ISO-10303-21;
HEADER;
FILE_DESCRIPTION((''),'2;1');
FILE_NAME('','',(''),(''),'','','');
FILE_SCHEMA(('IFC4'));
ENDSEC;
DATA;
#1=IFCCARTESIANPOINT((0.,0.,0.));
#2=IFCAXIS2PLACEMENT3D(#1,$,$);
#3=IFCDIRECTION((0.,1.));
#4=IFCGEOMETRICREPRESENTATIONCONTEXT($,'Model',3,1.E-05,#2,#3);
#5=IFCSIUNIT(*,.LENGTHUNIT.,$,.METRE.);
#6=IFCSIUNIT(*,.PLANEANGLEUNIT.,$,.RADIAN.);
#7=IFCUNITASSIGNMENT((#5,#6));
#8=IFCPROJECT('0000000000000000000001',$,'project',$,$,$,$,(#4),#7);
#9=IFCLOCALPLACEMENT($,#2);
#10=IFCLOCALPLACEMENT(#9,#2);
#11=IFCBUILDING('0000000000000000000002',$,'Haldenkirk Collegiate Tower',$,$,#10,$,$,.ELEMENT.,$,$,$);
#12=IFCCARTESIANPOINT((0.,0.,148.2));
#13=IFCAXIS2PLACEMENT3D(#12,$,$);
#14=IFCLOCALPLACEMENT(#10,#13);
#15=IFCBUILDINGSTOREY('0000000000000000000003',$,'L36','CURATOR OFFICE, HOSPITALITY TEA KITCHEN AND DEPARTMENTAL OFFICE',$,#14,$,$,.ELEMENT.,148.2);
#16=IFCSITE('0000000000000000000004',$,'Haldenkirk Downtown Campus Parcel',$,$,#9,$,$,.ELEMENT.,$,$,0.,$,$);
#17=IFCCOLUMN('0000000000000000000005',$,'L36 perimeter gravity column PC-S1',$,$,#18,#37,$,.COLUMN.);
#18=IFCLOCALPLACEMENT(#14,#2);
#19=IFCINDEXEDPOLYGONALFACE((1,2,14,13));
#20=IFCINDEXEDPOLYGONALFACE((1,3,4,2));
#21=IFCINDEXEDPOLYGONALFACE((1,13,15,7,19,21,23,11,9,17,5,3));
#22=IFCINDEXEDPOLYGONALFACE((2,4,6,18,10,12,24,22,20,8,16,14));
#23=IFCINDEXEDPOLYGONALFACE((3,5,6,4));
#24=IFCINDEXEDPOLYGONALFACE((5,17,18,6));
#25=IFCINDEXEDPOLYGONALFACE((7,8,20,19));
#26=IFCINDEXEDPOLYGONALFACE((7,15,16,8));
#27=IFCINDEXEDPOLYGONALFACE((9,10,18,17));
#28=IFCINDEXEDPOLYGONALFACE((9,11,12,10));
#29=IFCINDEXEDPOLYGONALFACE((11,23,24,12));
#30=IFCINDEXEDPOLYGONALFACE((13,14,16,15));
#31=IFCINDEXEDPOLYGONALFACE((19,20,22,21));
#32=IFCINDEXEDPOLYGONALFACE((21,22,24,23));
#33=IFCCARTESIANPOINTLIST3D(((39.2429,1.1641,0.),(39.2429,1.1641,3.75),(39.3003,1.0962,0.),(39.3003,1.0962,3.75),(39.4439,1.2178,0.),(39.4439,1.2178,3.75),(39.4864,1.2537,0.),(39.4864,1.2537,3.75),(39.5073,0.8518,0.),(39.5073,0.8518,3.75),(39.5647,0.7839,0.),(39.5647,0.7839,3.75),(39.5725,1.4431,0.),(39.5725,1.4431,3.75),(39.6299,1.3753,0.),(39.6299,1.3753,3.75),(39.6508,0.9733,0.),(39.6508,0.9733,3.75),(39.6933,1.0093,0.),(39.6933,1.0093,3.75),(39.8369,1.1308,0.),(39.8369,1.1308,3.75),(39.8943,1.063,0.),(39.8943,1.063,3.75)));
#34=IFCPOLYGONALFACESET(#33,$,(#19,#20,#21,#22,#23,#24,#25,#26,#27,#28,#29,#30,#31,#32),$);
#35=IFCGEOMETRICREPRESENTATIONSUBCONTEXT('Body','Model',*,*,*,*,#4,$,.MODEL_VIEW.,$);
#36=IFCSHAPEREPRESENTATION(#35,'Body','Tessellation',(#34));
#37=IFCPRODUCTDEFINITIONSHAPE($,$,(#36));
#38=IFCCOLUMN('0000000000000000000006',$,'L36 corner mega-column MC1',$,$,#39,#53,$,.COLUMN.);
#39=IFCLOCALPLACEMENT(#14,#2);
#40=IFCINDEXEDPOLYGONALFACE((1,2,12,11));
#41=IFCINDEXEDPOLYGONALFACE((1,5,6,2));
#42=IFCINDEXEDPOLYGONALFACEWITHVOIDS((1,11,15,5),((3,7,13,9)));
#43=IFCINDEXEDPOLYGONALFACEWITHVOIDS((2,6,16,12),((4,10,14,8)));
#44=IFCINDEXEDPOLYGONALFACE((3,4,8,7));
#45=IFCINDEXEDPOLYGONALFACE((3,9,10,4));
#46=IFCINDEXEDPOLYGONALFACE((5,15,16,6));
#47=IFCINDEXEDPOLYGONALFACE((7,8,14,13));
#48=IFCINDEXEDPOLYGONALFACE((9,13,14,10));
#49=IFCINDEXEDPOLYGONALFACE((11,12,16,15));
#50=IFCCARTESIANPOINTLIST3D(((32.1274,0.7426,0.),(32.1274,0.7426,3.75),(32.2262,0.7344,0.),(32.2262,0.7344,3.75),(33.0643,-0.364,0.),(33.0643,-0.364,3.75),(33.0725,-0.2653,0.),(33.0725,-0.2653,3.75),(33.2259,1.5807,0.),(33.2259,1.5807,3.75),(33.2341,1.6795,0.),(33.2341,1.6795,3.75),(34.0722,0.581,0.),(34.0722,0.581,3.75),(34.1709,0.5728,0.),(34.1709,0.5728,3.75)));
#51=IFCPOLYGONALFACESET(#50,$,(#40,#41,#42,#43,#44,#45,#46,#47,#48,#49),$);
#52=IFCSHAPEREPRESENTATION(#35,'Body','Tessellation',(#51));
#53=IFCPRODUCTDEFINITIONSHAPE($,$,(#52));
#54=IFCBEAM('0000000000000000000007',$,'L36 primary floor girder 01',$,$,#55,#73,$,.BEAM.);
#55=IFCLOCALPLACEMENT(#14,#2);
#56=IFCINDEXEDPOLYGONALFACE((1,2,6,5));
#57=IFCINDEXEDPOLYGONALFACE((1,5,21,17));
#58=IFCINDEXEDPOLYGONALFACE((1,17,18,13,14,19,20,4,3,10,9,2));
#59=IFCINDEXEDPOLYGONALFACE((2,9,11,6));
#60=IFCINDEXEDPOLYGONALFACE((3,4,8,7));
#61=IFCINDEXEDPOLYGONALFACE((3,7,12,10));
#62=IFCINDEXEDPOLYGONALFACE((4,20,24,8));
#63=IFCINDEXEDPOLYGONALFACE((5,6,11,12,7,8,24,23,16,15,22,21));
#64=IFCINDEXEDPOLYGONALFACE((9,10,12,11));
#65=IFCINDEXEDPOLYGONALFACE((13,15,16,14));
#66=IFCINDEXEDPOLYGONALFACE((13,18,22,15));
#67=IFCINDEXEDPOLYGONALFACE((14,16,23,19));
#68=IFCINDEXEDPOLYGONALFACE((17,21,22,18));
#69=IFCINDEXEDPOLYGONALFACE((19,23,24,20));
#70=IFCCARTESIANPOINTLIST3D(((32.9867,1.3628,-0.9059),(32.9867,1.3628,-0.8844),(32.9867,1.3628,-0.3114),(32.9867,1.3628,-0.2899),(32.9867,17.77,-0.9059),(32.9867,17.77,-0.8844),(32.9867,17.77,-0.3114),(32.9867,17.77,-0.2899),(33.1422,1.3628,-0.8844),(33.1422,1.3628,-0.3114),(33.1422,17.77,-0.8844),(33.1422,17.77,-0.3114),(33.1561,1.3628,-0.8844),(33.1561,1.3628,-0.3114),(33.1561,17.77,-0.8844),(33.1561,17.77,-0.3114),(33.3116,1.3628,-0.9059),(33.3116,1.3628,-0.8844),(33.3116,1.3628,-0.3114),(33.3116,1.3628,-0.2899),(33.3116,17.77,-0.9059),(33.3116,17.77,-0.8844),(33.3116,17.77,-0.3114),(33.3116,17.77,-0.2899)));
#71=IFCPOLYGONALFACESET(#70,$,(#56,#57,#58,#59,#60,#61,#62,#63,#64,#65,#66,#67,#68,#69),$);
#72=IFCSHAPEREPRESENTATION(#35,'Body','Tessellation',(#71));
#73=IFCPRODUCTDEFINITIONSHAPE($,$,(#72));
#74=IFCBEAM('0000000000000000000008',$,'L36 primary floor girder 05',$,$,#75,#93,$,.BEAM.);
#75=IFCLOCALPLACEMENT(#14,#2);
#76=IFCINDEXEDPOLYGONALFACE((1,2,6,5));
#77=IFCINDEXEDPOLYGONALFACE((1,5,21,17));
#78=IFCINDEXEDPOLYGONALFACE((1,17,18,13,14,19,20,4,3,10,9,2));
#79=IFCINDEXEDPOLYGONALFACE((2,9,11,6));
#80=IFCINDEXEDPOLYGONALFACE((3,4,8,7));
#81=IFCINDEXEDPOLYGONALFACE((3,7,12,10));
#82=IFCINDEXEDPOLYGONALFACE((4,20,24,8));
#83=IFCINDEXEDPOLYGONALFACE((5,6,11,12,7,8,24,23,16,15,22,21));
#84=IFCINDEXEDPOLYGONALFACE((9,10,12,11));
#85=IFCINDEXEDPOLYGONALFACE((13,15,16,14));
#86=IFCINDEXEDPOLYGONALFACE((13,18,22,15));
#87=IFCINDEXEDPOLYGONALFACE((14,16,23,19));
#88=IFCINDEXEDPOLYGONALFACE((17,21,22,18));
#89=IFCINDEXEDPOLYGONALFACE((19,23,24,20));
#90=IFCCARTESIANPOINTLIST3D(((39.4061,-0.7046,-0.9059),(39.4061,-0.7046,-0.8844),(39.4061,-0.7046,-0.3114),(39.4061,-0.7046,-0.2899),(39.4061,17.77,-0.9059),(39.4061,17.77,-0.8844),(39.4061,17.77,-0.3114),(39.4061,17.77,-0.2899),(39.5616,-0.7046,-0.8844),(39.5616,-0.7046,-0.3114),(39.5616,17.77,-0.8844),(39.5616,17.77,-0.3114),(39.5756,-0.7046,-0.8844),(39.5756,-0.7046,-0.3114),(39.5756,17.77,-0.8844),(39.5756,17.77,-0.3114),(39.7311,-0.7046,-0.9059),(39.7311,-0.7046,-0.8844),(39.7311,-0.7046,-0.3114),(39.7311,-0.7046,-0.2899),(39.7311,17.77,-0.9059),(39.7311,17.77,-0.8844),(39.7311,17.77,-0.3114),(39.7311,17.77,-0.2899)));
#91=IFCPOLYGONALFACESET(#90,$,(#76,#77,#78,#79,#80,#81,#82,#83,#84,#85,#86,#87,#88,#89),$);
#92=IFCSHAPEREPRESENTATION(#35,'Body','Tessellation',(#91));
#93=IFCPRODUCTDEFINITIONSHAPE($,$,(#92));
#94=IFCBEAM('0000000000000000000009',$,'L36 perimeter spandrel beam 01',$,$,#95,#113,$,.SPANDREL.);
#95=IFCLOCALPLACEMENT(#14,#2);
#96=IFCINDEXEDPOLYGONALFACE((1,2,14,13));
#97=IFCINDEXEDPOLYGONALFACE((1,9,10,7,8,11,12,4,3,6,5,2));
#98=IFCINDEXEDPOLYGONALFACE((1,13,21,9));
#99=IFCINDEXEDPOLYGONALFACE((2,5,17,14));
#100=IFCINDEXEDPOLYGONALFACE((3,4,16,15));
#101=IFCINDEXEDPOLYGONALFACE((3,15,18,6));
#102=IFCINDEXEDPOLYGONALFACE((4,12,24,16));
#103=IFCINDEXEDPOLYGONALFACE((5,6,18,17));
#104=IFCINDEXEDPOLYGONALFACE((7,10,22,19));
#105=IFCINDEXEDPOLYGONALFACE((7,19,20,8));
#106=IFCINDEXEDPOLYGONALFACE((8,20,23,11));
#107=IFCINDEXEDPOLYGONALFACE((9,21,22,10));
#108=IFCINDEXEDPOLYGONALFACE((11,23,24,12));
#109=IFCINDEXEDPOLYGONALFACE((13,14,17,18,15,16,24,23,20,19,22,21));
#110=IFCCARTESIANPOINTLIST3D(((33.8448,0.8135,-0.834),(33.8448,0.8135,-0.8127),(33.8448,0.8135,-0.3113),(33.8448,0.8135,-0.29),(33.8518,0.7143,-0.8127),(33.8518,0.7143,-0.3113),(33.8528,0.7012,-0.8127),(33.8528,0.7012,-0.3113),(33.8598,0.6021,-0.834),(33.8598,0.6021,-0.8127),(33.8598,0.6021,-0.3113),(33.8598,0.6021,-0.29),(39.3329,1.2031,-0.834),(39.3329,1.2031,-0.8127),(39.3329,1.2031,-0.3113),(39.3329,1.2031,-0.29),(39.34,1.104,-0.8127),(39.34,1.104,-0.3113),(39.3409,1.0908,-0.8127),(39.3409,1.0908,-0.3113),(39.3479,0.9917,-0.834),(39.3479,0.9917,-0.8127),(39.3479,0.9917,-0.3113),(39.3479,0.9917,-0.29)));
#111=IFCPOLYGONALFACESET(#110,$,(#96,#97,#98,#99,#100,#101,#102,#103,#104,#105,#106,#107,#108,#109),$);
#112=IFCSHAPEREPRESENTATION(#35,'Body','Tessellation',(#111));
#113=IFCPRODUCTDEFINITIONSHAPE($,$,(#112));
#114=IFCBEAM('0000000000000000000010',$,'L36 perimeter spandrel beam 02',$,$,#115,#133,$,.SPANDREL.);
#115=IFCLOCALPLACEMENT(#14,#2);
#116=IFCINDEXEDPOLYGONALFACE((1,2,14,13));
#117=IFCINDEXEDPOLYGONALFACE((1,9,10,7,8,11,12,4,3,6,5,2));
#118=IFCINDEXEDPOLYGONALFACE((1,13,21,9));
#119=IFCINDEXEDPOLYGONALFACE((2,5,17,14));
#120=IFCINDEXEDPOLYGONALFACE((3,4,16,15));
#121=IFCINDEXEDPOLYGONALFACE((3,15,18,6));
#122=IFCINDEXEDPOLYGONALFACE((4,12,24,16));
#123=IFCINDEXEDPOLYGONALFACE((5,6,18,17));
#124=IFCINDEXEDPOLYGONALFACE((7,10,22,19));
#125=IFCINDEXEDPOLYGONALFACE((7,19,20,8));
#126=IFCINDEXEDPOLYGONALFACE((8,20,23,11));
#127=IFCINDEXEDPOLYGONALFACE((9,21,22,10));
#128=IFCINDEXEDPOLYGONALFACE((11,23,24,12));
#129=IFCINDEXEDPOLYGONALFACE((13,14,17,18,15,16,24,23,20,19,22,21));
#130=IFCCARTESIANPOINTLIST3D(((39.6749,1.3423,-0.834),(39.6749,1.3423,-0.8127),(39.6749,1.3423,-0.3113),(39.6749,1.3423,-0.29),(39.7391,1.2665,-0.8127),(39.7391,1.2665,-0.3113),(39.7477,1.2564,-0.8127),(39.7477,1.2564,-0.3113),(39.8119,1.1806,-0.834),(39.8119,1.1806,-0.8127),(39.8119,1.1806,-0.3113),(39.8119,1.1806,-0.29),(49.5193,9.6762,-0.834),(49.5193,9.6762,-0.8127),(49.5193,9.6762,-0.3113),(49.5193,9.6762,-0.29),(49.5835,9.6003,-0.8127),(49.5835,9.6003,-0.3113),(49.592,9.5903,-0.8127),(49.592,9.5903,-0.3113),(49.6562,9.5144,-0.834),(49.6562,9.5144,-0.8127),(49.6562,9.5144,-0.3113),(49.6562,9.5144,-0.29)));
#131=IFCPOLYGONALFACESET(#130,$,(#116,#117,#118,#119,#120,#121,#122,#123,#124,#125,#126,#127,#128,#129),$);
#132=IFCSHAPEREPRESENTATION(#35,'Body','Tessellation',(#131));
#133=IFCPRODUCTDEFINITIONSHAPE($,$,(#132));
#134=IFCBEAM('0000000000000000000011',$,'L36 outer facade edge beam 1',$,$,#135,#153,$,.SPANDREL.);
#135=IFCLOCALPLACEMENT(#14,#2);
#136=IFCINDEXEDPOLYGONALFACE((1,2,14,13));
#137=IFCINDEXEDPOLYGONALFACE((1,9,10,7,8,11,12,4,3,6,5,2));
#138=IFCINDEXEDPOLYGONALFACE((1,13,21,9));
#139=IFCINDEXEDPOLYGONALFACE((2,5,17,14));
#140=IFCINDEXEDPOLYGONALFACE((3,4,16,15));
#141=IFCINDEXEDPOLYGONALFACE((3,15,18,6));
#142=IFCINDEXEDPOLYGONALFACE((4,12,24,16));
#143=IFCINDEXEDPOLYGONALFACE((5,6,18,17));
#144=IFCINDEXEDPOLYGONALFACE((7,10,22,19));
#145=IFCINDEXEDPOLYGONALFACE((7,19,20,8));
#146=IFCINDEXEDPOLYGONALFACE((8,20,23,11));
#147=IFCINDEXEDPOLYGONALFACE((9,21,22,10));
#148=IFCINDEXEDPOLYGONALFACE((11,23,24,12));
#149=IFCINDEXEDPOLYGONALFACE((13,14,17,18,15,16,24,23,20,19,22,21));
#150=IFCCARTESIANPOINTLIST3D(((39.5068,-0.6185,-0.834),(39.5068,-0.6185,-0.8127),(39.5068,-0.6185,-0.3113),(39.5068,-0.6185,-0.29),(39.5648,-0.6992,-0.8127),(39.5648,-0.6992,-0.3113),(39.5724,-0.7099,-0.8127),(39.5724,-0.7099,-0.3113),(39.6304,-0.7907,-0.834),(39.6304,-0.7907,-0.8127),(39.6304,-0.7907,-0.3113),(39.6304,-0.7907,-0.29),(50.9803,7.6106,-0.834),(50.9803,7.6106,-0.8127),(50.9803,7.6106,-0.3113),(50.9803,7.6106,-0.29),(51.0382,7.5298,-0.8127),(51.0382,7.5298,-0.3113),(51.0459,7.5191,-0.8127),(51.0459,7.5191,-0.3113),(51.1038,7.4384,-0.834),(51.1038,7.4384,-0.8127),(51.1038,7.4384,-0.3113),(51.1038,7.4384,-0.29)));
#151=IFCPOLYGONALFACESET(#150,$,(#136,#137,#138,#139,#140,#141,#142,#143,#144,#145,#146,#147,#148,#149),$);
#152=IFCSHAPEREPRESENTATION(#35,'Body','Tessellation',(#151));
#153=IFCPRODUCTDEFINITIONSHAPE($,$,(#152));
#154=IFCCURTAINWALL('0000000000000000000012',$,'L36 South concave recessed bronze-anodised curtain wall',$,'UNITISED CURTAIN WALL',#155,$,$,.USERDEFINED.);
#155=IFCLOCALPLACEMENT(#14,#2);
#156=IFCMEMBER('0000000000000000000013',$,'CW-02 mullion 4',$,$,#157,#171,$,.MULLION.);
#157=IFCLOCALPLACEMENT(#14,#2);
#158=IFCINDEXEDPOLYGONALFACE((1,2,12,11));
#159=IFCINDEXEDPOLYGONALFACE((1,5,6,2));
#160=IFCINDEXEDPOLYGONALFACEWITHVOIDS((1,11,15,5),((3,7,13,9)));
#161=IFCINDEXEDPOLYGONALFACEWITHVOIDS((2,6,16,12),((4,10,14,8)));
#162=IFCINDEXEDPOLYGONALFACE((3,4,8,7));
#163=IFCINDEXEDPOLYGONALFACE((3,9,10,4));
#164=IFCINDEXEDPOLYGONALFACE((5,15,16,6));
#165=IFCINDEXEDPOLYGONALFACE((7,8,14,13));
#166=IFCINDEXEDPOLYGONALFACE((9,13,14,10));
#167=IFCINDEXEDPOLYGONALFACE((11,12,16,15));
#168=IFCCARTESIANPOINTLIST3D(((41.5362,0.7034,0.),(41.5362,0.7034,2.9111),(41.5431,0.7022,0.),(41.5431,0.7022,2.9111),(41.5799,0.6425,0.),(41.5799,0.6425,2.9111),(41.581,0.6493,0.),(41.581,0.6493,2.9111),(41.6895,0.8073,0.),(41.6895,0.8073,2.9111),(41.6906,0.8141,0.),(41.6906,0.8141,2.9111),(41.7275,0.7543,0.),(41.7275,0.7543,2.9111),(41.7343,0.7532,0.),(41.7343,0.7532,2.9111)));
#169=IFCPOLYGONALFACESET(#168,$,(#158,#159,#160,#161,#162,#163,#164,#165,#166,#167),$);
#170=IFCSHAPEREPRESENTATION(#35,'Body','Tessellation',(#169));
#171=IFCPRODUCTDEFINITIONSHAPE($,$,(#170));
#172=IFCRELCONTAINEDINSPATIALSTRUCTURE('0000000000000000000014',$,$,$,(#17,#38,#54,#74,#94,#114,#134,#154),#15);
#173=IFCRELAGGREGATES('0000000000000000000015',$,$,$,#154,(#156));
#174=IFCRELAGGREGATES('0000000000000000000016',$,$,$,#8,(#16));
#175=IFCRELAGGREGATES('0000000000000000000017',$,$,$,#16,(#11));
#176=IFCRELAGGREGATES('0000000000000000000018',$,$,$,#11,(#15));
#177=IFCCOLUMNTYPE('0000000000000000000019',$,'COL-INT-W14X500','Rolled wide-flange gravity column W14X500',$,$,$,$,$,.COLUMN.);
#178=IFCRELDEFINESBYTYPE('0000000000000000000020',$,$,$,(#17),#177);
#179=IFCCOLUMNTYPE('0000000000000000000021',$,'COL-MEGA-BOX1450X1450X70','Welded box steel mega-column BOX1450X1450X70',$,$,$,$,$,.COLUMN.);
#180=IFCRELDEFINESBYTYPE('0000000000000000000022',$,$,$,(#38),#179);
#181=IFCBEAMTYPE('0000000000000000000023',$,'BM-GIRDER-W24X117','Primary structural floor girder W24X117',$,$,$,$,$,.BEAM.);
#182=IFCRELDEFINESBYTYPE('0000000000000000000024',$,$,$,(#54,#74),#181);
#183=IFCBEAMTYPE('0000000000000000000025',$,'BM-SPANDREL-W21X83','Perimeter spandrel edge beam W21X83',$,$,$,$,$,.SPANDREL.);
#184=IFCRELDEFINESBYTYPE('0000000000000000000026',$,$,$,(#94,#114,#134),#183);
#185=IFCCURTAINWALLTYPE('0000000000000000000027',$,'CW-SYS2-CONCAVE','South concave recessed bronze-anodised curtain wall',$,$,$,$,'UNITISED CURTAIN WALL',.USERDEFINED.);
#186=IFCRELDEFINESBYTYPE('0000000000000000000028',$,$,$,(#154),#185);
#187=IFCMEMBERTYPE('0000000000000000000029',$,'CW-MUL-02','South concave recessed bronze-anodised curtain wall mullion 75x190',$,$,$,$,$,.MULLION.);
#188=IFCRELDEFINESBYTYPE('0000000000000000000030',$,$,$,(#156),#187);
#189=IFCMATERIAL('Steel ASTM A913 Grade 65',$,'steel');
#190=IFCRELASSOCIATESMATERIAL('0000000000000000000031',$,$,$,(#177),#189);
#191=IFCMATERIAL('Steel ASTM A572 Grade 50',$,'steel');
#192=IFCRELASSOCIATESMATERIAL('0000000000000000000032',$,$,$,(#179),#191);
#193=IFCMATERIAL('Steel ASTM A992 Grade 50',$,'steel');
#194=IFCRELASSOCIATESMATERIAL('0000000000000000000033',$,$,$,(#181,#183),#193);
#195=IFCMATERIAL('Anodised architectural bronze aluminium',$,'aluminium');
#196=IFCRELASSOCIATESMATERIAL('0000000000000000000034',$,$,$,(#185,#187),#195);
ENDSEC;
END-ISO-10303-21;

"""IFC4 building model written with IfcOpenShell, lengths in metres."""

from ifc_helpers import new_model, si_unit, direction, frame, origin, origin_2d, place, context, subcontext, project, spatial, hollow_rectangle, i_section, extrude, material, material_profile, profile_set, type_object, element, aggregate, save


model = new_model("IFC4")

# Units and contexts
model_context = context("Model", 3, precision=1e-05, world=origin(), true_north=direction((0.0, 1.0)))
body_context = subcontext(model_context, "Body", "Model", "MODEL_VIEW")
ifc_project = project(units=[si_unit("LENGTHUNIT", "METRE"), si_unit("PLANEANGLEUNIT", "RADIAN")], contexts=[model_context])

# Site, building, storey
site_placement = place(None, origin())
site = spatial("IfcSite", under=ifc_project, at=site_placement, Name="Haldenkirk Downtown Campus Parcel", CompositionType="ELEMENT", RefElevation=0.0)
building_placement = place(site_placement, origin())
building = spatial("IfcBuilding", under=site, at=building_placement, Name="Haldenkirk Collegiate Tower", CompositionType="ELEMENT")
storey_placement = place(building_placement, frame((0.0, 0.0, 148.2)))
storey = spatial("IfcBuildingStorey", under=building, at=storey_placement, Name="L36", Description="CURATOR OFFICE, HOSPITALITY TEA KITCHEN AND DEPARTMENTAL OFFICE", CompositionType="ELEMENT", Elevation=148.2)

# Columns
ifc_material_1 = material(Name="Steel ASTM A913 Grade 65", Category="steel")
ifc_material_profile_1 = material_profile(ifc_material_1, i_section(OverallWidth=0.4319, OverallDepth=0.498, WebThickness=0.0557, FlangeThickness=0.0889, at=origin_2d()), Name="W14X500")
ifc_profile_set_1 = profile_set([ifc_material_profile_1], Name="Steel ASTM A913 Grade 65")
column_type_1 = type_object("IfcColumnType", Name="COL-INT-W14X500", Description="Rolled wide-flange gravity column W14X500", PredefinedType="COLUMN", material=ifc_profile_set_1)
column_1_placement = place(storey_placement, frame((39.5686, 1.1135, 0.0), z_axis=(0.0, 0.0, 1.0), x_axis=(0.763232, 0.646124, 0.0)))
element("IfcColumn", 1, at=column_1_placement, inside=storey, type_object=column_type_1, Name="L36 perimeter gravity column PC-S1", PredefinedType="COLUMN", context=body_context, shape_type="SweptSolid", body=[
    extrude(i_section(OverallWidth=0.4319, OverallDepth=0.498, WebThickness=0.0557, FlangeThickness=0.0889, at=origin_2d()), origin(), (0.0, 0.0, 1.0), 3.75),
])
ifc_material_2 = material(Name="Steel ASTM A572 Grade 50", Category="steel")
ifc_material_profile_2 = material_profile(ifc_material_2, hollow_rectangle(XDim=1.45, YDim=1.45, WallThickness=0.0701, at=origin_2d()), Name="BOX1450X1450X70")
ifc_profile_set_2 = profile_set([ifc_material_profile_2], Name="Steel ASTM A572 Grade 50")
column_type_2 = type_object("IfcColumnType", Name="COL-MEGA-BOX1450X1450X70", Description="Welded box steel mega-column BOX1450X1450X70", PredefinedType="COLUMN", material=ifc_profile_set_2)
column_2_placement = place(storey_placement, frame((33.1492, 0.6577, 0.0), z_axis=(0.0, 0.0, 1.0), x_axis=(0.763232, 0.646124, 0.0)))
element("IfcColumn", 2, at=column_2_placement, inside=storey, type_object=column_type_2, Name="L36 corner mega-column MC1", PredefinedType="COLUMN", context=body_context, shape_type="SweptSolid", body=[
    extrude(hollow_rectangle(XDim=1.45, YDim=1.45, WallThickness=0.0701, at=origin_2d()), origin(), (0.0, 0.0, 1.0), 3.75),
])

# Beams
ifc_material_3 = material(Name="Steel ASTM A992 Grade 50", Category="steel")
ifc_material_profile_3 = material_profile(ifc_material_3, i_section(OverallWidth=0.325, OverallDepth=0.616, WebThickness=0.0139, FlangeThickness=0.0215, at=origin_2d()), Name="W24X117")
ifc_profile_set_3 = profile_set([ifc_material_profile_3], Name="Steel ASTM A992 Grade 50")
beam_type_1 = type_object("IfcBeamType", Name="BM-GIRDER-W24X117", Description="Primary structural floor girder W24X117", PredefinedType="BEAM", material=ifc_profile_set_3)
beam_1_placement = place(storey_placement, frame((33.1492, 1.3628, -0.5979), z_axis=(0.0, 1.0, 0.0), x_axis=(-1.0, 0.0, 0.0)))
element("IfcBeam", 3, at=beam_1_placement, inside=storey, type_object=beam_type_1, Name="L36 primary floor girder 01", PredefinedType="BEAM", context=body_context, shape_type="SweptSolid", body=[
    extrude(i_section(OverallWidth=0.325, OverallDepth=0.616, WebThickness=0.0139, FlangeThickness=0.0215, at=origin_2d()), origin(), (0.0, 0.0, 1.0), 16.4072),
])
beam_2_placement = place(storey_placement, frame((39.5686, -0.7046, -0.5979), z_axis=(0.0, 1.0, 0.0), x_axis=(-1.0, 0.0, 0.0)))
element("IfcBeam", 4, at=beam_2_placement, inside=storey, type_object=beam_type_1, Name="L36 primary floor girder 05", PredefinedType="BEAM", context=body_context, shape_type="SweptSolid", body=[
    extrude(i_section(OverallWidth=0.325, OverallDepth=0.616, WebThickness=0.0139, FlangeThickness=0.0215, at=origin_2d()), origin(), (0.0, 0.0, 1.0), 18.4746),
])
ifc_material_profile_4 = material_profile(ifc_material_3, i_section(OverallWidth=0.2119, OverallDepth=0.5439, WebThickness=0.0132, FlangeThickness=0.0212, at=origin_2d()), Name="W21X83")
ifc_profile_set_4 = profile_set([ifc_material_profile_4], Name="Steel ASTM A992 Grade 50")
beam_type_2 = type_object("IfcBeamType", Name="BM-SPANDREL-W21X83", Description="Perimeter spandrel edge beam W21X83", PredefinedType="SPANDREL", material=ifc_profile_set_4)
beam_3_placement = place(storey_placement, frame((33.8523, 0.7078, -0.562), z_axis=(0.997489, 0.070821, 0.0), x_axis=(-0.070821, 0.997489, 0.0)))
element("IfcBeam", 5, at=beam_3_placement, inside=storey, type_object=beam_type_2, Name="L36 perimeter spandrel beam 01", PredefinedType="SPANDREL", context=body_context, shape_type="SweptSolid", body=[
    extrude(i_section(OverallWidth=0.2119, OverallDepth=0.5439, WebThickness=0.0132, FlangeThickness=0.0212, at=origin_2d()), origin(), (0.0, 0.0, 1.0), 5.502),
])
beam_4_placement = place(storey_placement, frame((39.7434, 1.2615, -0.562), z_axis=(0.763233, 0.646123, 0.0), x_axis=(-0.646123, 0.763233, 0.0)))
element("IfcBeam", 6, at=beam_4_placement, inside=storey, type_object=beam_type_2, Name="L36 perimeter spandrel beam 02", PredefinedType="SPANDREL", context=body_context, shape_type="SweptSolid", body=[
    extrude(i_section(OverallWidth=0.2119, OverallDepth=0.5439, WebThickness=0.0132, FlangeThickness=0.0212, at=origin_2d()), origin(), (0.0, 0.0, 1.0), 12.8982),
])
beam_5_placement = place(storey_placement, frame((39.5686, -0.7046, -0.562), z_axis=(0.812602, 0.582819, 0.0), x_axis=(-0.582819, 0.812602, 0.0)))
element("IfcBeam", 7, at=beam_5_placement, inside=storey, type_object=beam_type_2, Name="L36 outer facade edge beam 1", PredefinedType="SPANDREL", context=body_context, shape_type="SweptSolid", body=[
    extrude(i_section(OverallWidth=0.2119, OverallDepth=0.5439, WebThickness=0.0132, FlangeThickness=0.0212, at=origin_2d()), origin(), (0.0, 0.0, 1.0), 14.1194),
])

# Curtain wall, member
ifc_material_4 = material(Name="Anodised architectural bronze aluminium", Category="aluminium")
curtain_wall_type = type_object("IfcCurtainWallType", Name="CW-SYS2-CONCAVE", Description="South concave recessed bronze-anodised curtain wall", ElementType="UNITISED CURTAIN WALL", PredefinedType="USERDEFINED", material=ifc_material_4)
curtain_wall_placement = place(storey_placement, origin())
curtain_wall = element("IfcCurtainWall", 8, at=curtain_wall_placement, inside=storey, type_object=curtain_wall_type, Name="L36 South concave recessed bronze-anodised curtain wall", ObjectType="UNITISED CURTAIN WALL", PredefinedType="USERDEFINED")
ifc_material_profile_5 = material_profile(ifc_material_4, hollow_rectangle(XDim=0.075, YDim=0.1899, WallThickness=0.0049, at=origin_2d()), Name="CW-MUL-02")
ifc_profile_set_5 = profile_set([ifc_material_profile_5], Name="Anodised architectural bronze aluminium")
member_type_1 = type_object("IfcMemberType", Name="CW-MUL-02", Description="South concave recessed bronze-anodised curtain wall mullion 75x190", PredefinedType="MULLION", material=ifc_profile_set_5)
member_1_placement = place(storey_placement, frame((41.6353, 0.7283, 0.0), z_axis=(0.0, 0.0, 1.0), x_axis=(0.582834, -0.812592, 0.0)))
member_1 = element("IfcMember", 9, at=member_1_placement, type_object=member_type_1, Name="CW-02 mullion 4", PredefinedType="MULLION", context=body_context, shape_type="SweptSolid", body=[
    extrude(hollow_rectangle(XDim=0.075, YDim=0.1899, WallThickness=0.0049, at=origin_2d()), origin(), (0.0, 0.0, 1.0), 2.9111),
])
aggregate(curtain_wall, [member_1])

save(model, "model.ifc")
